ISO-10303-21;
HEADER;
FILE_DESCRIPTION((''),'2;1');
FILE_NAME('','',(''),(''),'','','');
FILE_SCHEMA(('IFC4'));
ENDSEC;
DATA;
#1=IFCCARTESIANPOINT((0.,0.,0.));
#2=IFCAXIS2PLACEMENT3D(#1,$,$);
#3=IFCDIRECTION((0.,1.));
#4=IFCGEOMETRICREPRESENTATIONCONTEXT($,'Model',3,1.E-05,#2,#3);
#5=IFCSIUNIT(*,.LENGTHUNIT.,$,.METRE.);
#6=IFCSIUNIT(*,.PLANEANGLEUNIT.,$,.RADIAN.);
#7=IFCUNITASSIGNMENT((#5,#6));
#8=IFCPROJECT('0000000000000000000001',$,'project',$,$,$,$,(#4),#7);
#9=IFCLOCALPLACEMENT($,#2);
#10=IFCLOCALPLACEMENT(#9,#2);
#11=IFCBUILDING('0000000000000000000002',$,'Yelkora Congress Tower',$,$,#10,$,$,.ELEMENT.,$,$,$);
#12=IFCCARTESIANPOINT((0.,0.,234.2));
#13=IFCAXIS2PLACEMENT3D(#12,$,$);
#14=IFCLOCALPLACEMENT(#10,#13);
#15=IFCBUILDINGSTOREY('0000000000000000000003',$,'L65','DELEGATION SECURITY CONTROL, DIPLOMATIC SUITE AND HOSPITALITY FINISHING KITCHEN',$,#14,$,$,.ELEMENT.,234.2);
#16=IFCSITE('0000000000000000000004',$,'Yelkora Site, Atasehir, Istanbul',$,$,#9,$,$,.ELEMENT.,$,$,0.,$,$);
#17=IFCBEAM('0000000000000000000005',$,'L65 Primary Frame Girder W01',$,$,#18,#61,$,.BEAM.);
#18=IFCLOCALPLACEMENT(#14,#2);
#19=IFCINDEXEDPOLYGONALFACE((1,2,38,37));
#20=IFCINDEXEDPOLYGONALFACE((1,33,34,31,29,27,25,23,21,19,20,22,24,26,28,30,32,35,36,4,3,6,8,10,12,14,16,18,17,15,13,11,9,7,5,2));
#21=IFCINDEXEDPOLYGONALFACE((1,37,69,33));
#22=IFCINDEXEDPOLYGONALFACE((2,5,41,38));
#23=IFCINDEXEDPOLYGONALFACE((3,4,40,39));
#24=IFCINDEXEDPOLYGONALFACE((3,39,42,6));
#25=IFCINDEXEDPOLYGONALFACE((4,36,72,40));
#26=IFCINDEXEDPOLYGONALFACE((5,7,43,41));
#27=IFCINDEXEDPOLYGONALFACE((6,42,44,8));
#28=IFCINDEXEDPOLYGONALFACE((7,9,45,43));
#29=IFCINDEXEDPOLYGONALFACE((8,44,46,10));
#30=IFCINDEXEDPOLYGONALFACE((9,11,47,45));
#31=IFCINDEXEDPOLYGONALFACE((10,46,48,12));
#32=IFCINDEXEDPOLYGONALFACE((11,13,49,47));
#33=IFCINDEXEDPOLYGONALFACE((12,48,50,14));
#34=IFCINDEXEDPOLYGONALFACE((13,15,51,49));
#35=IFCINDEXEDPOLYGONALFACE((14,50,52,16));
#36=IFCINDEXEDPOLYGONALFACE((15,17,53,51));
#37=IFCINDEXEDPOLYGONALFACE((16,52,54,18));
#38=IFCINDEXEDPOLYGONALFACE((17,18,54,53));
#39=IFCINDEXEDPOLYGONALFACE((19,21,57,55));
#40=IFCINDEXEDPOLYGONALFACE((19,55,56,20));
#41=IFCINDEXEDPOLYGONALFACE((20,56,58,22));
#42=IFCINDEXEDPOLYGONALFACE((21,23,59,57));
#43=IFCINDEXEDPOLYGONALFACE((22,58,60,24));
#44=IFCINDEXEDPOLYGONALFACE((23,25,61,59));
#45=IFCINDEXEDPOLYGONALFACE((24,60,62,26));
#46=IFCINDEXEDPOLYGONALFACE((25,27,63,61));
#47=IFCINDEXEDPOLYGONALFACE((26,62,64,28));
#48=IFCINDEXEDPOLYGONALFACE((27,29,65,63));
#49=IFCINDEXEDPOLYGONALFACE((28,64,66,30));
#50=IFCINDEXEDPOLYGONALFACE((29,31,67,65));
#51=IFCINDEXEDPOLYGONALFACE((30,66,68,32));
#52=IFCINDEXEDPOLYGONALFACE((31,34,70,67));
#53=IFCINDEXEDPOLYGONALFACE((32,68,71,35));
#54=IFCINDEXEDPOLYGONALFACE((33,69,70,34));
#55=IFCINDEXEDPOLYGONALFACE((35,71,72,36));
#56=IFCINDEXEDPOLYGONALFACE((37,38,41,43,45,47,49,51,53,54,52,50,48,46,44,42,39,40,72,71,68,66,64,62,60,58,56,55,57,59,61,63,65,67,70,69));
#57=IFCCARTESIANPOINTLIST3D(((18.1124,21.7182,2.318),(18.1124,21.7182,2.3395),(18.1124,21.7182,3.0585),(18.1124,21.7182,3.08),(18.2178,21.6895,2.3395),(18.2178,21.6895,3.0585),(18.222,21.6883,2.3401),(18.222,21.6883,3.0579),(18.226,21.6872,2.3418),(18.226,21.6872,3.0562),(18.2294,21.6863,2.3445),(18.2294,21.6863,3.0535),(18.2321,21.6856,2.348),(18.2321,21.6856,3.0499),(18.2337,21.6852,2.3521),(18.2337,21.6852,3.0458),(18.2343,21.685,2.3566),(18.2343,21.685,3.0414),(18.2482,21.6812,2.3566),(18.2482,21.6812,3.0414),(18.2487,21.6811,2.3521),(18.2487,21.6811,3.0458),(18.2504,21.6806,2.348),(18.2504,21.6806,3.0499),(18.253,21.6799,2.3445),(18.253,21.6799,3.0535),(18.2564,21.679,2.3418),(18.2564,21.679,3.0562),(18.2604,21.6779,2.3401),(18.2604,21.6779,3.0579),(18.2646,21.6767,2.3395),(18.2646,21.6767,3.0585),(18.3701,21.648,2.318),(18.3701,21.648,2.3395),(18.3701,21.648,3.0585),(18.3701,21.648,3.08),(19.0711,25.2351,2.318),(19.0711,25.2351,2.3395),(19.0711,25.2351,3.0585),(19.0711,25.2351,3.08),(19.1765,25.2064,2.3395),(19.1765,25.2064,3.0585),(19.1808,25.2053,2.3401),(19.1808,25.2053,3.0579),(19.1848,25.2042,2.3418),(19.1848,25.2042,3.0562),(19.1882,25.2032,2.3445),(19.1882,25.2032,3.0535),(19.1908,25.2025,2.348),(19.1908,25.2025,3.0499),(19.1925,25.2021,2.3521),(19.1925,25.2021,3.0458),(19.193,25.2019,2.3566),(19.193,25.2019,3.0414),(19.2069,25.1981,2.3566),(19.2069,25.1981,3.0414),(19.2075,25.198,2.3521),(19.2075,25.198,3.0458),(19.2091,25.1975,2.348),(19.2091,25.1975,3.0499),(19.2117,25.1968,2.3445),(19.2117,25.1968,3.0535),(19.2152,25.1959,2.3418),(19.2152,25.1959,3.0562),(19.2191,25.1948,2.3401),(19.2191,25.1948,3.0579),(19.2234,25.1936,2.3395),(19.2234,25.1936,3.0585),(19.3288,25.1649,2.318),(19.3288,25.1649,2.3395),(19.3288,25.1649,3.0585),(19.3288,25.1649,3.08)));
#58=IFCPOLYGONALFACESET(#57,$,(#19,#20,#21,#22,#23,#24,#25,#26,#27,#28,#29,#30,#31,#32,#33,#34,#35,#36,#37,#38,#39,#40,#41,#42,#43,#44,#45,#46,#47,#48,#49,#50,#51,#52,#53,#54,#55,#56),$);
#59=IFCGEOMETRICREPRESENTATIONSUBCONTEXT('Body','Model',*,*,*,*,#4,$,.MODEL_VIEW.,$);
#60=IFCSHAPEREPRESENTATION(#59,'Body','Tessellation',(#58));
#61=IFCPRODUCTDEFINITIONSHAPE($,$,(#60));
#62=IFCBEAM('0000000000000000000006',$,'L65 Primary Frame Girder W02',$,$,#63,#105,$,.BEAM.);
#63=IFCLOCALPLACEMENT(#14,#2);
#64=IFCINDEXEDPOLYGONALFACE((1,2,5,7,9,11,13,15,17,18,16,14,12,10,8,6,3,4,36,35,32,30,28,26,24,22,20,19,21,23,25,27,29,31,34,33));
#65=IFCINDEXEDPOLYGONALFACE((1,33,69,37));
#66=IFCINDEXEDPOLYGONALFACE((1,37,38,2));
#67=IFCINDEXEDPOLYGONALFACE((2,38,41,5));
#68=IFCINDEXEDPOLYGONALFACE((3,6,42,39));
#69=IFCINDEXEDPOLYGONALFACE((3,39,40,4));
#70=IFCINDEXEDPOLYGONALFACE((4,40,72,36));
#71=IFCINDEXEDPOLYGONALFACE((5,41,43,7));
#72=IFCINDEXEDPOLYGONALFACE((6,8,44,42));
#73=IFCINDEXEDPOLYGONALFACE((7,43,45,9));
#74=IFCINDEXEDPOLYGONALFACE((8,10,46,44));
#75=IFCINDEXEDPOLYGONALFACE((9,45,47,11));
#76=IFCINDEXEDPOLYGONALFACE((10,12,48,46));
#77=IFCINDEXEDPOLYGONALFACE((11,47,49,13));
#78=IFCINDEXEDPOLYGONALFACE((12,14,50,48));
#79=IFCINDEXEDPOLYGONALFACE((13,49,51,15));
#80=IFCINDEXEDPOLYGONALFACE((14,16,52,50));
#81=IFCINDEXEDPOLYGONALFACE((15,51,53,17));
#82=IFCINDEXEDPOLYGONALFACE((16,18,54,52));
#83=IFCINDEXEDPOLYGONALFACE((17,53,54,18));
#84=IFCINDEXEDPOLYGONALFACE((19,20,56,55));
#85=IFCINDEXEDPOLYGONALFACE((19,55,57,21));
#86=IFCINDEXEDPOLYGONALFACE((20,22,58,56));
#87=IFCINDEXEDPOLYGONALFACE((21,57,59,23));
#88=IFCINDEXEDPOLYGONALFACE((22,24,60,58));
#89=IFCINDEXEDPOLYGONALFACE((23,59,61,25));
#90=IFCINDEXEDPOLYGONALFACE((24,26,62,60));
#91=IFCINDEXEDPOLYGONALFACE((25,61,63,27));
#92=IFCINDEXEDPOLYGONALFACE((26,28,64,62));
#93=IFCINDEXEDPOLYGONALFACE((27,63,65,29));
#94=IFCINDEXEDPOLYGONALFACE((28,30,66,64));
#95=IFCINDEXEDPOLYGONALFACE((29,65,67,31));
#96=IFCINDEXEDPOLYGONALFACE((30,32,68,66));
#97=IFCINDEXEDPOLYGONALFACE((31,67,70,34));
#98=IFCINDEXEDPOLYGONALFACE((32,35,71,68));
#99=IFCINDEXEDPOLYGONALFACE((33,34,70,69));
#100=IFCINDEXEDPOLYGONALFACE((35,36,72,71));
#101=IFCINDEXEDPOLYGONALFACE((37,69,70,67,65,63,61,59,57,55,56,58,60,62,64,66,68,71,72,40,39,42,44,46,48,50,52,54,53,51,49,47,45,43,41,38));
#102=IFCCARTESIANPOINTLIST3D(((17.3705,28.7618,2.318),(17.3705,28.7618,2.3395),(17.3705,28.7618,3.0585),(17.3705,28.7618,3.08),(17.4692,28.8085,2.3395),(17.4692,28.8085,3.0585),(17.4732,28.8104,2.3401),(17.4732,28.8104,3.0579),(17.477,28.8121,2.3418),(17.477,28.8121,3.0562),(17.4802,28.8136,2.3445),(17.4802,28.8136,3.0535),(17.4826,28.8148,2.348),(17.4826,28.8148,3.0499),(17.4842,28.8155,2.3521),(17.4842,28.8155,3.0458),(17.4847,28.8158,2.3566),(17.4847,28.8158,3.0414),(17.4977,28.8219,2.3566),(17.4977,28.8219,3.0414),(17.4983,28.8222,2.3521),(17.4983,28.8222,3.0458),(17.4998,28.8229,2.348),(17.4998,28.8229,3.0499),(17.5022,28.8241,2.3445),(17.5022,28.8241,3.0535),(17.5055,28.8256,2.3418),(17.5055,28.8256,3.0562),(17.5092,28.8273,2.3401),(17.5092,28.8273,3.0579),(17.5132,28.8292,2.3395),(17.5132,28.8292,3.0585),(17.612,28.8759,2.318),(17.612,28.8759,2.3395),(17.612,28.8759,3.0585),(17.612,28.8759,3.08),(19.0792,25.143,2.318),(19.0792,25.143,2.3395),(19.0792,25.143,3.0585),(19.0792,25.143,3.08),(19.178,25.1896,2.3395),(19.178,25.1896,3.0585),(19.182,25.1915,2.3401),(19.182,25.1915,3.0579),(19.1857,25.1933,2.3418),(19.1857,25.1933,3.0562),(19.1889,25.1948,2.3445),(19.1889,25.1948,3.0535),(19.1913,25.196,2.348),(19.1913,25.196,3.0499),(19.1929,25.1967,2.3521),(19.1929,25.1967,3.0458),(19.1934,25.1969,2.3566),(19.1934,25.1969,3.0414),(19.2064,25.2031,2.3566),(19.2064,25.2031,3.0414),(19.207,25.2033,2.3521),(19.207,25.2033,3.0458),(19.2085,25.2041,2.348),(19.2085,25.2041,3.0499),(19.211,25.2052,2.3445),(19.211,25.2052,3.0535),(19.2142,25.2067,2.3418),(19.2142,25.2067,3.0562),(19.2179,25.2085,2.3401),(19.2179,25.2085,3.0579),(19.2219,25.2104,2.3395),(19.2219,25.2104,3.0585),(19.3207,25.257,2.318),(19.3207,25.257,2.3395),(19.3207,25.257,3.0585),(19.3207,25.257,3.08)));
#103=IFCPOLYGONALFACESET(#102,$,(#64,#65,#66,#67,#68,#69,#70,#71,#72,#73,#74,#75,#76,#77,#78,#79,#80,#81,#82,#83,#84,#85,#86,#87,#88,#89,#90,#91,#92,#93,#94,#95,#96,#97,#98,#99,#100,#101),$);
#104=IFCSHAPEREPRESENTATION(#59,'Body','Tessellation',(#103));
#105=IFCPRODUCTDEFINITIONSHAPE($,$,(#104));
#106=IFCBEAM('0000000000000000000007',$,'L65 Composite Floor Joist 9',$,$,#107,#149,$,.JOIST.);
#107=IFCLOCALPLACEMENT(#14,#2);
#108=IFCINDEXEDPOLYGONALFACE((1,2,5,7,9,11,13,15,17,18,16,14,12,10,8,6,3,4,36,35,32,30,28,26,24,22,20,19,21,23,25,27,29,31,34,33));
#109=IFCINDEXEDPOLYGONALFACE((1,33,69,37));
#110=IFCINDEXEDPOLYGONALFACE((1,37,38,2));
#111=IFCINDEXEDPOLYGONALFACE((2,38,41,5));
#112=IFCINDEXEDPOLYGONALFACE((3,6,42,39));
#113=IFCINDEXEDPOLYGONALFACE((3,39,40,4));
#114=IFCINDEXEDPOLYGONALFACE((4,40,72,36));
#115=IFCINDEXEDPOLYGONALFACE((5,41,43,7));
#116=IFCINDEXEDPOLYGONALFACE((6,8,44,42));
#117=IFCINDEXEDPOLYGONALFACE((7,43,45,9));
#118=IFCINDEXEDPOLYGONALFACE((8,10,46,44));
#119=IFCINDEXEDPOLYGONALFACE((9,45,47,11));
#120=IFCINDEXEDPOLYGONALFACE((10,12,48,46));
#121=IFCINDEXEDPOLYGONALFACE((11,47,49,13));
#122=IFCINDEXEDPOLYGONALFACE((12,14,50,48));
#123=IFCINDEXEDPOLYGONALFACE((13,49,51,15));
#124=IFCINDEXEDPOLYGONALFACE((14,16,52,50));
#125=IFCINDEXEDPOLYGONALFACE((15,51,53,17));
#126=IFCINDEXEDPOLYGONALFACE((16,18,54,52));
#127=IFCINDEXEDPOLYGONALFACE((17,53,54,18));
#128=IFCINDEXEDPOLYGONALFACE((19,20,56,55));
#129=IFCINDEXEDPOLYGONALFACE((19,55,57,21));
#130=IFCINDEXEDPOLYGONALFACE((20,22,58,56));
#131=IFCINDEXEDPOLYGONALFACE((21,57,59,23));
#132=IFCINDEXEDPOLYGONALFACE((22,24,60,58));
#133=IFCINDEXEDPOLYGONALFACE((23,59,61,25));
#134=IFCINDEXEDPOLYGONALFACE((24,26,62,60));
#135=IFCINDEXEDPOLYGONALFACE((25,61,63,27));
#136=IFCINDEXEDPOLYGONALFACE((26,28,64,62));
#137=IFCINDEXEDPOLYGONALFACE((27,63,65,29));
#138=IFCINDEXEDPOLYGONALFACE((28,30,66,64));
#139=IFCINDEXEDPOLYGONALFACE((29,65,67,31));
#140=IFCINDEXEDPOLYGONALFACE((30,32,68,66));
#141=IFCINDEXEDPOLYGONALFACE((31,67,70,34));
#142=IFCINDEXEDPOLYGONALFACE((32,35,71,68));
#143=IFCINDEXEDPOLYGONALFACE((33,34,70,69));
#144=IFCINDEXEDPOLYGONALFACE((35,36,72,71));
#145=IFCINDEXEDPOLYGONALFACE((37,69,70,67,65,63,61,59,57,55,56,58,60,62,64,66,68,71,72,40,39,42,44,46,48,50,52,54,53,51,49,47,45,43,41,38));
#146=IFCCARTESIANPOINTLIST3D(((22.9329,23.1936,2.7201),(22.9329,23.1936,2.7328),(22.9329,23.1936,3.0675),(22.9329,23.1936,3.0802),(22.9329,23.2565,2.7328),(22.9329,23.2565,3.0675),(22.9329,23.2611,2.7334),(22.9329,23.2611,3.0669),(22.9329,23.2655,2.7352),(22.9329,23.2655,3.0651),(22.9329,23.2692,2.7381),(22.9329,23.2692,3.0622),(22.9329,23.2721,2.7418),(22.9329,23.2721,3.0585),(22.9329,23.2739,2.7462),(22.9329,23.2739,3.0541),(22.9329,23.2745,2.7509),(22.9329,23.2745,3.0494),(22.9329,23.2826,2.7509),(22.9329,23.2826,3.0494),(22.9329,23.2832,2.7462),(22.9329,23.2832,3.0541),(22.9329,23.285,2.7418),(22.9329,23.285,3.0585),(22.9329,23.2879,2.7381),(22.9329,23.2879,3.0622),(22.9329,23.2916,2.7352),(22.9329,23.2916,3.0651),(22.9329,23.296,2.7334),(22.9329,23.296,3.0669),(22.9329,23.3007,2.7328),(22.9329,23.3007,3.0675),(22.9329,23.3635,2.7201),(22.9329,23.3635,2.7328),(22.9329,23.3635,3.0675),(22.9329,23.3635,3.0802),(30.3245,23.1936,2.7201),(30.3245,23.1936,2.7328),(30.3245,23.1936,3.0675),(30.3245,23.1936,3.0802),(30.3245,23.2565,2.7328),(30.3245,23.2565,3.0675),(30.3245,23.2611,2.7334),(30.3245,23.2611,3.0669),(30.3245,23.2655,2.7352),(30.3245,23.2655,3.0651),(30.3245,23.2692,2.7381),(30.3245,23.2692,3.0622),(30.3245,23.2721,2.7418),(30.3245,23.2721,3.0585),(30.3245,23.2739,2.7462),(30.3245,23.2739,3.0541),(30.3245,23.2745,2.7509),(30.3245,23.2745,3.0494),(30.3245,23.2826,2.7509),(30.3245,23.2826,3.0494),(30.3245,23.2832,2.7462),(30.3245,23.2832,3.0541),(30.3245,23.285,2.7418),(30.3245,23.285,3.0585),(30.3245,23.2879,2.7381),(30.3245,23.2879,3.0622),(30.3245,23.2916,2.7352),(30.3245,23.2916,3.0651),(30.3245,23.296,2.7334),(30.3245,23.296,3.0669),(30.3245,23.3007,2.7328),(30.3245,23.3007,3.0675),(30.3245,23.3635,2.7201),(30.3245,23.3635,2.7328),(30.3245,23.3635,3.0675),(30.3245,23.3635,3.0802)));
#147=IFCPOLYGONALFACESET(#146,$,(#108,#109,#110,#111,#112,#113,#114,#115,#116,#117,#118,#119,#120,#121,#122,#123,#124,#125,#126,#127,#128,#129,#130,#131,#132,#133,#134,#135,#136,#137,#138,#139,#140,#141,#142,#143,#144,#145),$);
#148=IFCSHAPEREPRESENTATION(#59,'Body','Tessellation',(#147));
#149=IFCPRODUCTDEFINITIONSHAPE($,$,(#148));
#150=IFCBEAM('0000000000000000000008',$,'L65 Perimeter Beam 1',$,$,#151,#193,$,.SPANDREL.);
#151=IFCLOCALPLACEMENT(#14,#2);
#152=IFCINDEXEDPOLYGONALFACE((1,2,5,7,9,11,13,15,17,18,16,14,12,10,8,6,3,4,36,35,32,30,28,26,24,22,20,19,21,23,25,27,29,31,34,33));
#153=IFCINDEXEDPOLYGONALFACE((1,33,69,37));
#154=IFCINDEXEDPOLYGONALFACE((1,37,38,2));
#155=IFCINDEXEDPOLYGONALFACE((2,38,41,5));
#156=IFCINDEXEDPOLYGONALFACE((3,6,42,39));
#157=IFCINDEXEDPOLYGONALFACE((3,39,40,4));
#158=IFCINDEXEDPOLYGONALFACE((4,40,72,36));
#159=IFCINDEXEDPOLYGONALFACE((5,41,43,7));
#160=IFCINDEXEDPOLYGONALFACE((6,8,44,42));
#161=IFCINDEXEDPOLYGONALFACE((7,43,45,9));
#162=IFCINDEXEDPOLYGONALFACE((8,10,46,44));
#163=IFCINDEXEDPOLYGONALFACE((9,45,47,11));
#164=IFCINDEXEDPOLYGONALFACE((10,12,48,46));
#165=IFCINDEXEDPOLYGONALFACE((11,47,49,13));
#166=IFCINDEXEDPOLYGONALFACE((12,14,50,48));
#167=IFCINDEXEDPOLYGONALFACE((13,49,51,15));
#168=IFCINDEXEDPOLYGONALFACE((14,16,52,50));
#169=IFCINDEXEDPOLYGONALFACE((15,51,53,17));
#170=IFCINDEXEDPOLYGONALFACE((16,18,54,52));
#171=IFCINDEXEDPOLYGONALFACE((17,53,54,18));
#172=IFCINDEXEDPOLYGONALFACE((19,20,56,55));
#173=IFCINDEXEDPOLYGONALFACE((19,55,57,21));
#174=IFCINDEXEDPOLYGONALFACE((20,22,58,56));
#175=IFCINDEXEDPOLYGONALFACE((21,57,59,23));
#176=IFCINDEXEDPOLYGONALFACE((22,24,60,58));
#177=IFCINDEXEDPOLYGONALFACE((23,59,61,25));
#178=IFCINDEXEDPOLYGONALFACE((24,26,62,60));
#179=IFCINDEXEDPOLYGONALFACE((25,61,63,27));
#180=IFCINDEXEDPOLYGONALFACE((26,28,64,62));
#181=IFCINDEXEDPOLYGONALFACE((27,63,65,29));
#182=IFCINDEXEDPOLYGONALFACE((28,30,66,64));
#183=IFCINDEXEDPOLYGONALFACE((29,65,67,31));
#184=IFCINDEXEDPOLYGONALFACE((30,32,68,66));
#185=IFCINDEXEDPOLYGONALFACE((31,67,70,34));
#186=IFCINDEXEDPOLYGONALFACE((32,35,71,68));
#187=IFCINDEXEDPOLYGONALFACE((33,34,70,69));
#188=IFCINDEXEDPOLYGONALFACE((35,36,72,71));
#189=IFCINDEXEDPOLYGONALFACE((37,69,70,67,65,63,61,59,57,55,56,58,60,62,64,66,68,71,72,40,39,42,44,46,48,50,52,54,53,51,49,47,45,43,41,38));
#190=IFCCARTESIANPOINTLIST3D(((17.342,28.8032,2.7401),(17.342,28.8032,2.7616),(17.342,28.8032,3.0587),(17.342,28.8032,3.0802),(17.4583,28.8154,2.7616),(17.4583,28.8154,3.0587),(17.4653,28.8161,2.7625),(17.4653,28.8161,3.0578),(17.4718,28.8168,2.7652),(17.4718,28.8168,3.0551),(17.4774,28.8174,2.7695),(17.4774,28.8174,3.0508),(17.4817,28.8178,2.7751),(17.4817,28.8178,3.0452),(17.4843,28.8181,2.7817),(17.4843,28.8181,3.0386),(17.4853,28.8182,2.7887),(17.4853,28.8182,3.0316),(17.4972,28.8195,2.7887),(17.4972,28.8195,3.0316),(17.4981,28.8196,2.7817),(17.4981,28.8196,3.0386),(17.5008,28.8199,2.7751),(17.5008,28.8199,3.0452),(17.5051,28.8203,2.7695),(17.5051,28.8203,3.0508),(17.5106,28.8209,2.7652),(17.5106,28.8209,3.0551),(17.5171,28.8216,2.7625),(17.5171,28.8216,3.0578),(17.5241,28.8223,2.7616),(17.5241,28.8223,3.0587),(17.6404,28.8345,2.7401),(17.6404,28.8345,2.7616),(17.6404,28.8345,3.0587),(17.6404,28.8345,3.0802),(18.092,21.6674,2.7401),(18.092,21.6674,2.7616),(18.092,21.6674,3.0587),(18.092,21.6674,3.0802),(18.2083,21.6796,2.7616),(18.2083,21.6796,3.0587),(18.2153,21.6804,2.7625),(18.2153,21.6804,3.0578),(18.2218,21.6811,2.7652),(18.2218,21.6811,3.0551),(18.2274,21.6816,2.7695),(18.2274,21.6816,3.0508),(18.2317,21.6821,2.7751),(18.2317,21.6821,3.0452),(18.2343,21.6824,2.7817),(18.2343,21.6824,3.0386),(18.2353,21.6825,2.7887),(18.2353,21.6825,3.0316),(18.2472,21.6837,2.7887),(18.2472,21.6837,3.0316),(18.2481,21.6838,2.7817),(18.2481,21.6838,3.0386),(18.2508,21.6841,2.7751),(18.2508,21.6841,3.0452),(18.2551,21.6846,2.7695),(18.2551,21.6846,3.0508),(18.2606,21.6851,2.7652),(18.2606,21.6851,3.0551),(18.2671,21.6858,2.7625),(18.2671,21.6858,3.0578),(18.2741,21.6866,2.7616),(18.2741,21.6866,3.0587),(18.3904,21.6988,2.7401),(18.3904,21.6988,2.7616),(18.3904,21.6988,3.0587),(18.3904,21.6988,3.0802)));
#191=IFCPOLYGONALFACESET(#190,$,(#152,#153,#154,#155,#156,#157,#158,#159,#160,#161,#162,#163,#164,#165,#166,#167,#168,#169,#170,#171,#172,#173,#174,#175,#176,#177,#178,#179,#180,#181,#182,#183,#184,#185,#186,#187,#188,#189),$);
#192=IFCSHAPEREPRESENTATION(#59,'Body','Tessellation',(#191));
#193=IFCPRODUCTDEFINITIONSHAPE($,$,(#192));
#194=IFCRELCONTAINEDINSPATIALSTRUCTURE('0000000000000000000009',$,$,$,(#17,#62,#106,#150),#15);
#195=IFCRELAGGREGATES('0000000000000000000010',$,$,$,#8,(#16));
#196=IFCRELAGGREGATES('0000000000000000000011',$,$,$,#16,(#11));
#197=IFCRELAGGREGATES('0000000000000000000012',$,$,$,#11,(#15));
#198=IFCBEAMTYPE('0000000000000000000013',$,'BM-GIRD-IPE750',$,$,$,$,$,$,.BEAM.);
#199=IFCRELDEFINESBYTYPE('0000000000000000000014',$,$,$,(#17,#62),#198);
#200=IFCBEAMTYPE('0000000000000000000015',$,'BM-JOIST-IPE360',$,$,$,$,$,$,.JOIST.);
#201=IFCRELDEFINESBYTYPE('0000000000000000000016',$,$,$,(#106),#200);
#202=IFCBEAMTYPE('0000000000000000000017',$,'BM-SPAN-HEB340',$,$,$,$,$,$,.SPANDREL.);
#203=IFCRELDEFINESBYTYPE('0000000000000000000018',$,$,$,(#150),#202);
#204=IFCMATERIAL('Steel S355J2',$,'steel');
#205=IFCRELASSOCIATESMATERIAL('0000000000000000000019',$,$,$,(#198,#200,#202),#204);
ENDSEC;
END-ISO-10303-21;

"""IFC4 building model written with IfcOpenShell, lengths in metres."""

from ifc_helpers import new_model, si_unit, direction, frame, origin, origin_2d, place, context, subcontext, project, spatial, i_section, extrude, material, material_profile, profile_set, type_object, element, save


model = new_model("IFC4")

# Units and contexts
model_context = context("Model", 3, precision=1e-05, world=origin(), true_north=direction((0.0, 1.0)))
body_context = subcontext(model_context, "Body", "Model", "MODEL_VIEW")
ifc_project = project(units=[si_unit("LENGTHUNIT", "METRE"), si_unit("PLANEANGLEUNIT", "RADIAN")], contexts=[model_context])

# Site, building, storey
site_placement = place(None, origin())
site = spatial("IfcSite", under=ifc_project, at=site_placement, Name="Yelkora Site, Atasehir, Istanbul", CompositionType="ELEMENT", RefElevation=0.0)
building_placement = place(site_placement, origin())
building = spatial("IfcBuilding", under=site, at=building_placement, Name="Yelkora Congress Tower", CompositionType="ELEMENT")
storey_placement = place(building_placement, frame((0.0, 0.0, 234.2)))
storey = spatial("IfcBuildingStorey", under=building, at=storey_placement, Name="L65", Description="DELEGATION SECURITY CONTROL, DIPLOMATIC SUITE AND HOSPITALITY FINISHING KITCHEN", CompositionType="ELEMENT", Elevation=234.2)

# Shared definitions
ifc_material_1 = material(Name="Steel S355J2", Category="steel")

# Beams
ifc_material_profile_1 = material_profile(ifc_material_1, i_section(OverallWidth=0.2671, OverallDepth=0.762, WebThickness=0.0144, FlangeThickness=0.0215, FilletRadius=0.0171, at=origin_2d()), Name="IPE 750x173")
ifc_profile_set_1 = profile_set([ifc_material_profile_1], Name="Steel S355J2")
beam_type_1 = type_object("IfcBeamType", Name="BM-GIRD-IPE750", PredefinedType="BEAM", material=ifc_profile_set_1)
beam_1_placement = place(storey_placement, frame((18.2412, 21.6831, 2.699), z_axis=(0.263015, 0.964792, 0.0), x_axis=(-0.964792, 0.263015, 0.0)))
element("IfcBeam", 1, at=beam_1_placement, inside=storey, type_object=beam_type_1, Name="L65 Primary Frame Girder W01", PredefinedType="BEAM", context=body_context, shape_type="SweptSolid", body=[
    extrude(i_section(OverallWidth=0.2671, OverallDepth=0.762, WebThickness=0.0144, FlangeThickness=0.0215, FilletRadius=0.0171, at=origin_2d()), origin(), (0.0, 0.0, 1.0), 3.6453),
])
beam_2_placement = place(storey_placement, frame((17.4912, 28.8188, 2.699), z_axis=(0.426969, -0.904266, 0.0), x_axis=(0.904266, 0.426969, 0.0)))
element("IfcBeam", 2, at=beam_2_placement, inside=storey, type_object=beam_type_1, Name="L65 Primary Frame Girder W02", PredefinedType="BEAM", context=body_context, shape_type="SweptSolid", body=[
    extrude(i_section(OverallWidth=0.2671, OverallDepth=0.762, WebThickness=0.0144, FlangeThickness=0.0215, FilletRadius=0.0171, at=origin_2d()), origin(), (0.0, 0.0, 1.0), 4.002),
])
ifc_material_profile_2 = material_profile(ifc_material_1, i_section(OverallWidth=0.1699, OverallDepth=0.3601, WebThickness=0.0081, FlangeThickness=0.0127, FilletRadius=0.0181, at=origin_2d()), Name="IPE 360")
ifc_profile_set_2 = profile_set([ifc_material_profile_2], Name="Steel S355J2")
beam_type_2 = type_object("IfcBeamType", Name="BM-JOIST-IPE360", PredefinedType="JOIST", material=ifc_profile_set_2)
beam_3_placement = place(storey_placement, frame((22.9329, 23.2786, 2.9001), z_axis=(1.0, 0.0, 0.0), x_axis=(0.0, 1.0, 0.0)))
element("IfcBeam", 3, at=beam_3_placement, inside=storey, type_object=beam_type_2, Name="L65 Composite Floor Joist 9", PredefinedType="JOIST", context=body_context, shape_type="SweptSolid", body=[
    extrude(i_section(OverallWidth=0.1699, OverallDepth=0.3601, WebThickness=0.0081, FlangeThickness=0.0127, FilletRadius=0.0181, at=origin_2d()), origin(), (0.0, 0.0, 1.0), 7.3916),
])
ifc_material_profile_3 = material_profile(ifc_material_1, i_section(OverallWidth=0.3, OverallDepth=0.3401, WebThickness=0.012, FlangeThickness=0.0215, FilletRadius=0.0271, at=origin_2d()), Name="HEB 340")
ifc_profile_set_3 = profile_set([ifc_material_profile_3], Name="Steel S355J2")
beam_type_3 = type_object("IfcBeamType", Name="BM-SPAN-HEB340", PredefinedType="SPANDREL", material=ifc_profile_set_3)
beam_4_placement = place(storey_placement, frame((17.4912, 28.8188, 2.9102), z_axis=(0.104529, -0.994522, 0.0), x_axis=(0.994522, 0.104529, 0.0)))
element("IfcBeam", 4, at=beam_4_placement, inside=storey, type_object=beam_type_3, Name="L65 Perimeter Beam 1", PredefinedType="SPANDREL", context=body_context, shape_type="SweptSolid", body=[
    extrude(i_section(OverallWidth=0.3, OverallDepth=0.3401, WebThickness=0.012, FlangeThickness=0.0215, FilletRadius=0.0271, at=origin_2d()), origin(), (0.0, 0.0, 1.0), 7.175),
])

save(model, "model.ifc")
